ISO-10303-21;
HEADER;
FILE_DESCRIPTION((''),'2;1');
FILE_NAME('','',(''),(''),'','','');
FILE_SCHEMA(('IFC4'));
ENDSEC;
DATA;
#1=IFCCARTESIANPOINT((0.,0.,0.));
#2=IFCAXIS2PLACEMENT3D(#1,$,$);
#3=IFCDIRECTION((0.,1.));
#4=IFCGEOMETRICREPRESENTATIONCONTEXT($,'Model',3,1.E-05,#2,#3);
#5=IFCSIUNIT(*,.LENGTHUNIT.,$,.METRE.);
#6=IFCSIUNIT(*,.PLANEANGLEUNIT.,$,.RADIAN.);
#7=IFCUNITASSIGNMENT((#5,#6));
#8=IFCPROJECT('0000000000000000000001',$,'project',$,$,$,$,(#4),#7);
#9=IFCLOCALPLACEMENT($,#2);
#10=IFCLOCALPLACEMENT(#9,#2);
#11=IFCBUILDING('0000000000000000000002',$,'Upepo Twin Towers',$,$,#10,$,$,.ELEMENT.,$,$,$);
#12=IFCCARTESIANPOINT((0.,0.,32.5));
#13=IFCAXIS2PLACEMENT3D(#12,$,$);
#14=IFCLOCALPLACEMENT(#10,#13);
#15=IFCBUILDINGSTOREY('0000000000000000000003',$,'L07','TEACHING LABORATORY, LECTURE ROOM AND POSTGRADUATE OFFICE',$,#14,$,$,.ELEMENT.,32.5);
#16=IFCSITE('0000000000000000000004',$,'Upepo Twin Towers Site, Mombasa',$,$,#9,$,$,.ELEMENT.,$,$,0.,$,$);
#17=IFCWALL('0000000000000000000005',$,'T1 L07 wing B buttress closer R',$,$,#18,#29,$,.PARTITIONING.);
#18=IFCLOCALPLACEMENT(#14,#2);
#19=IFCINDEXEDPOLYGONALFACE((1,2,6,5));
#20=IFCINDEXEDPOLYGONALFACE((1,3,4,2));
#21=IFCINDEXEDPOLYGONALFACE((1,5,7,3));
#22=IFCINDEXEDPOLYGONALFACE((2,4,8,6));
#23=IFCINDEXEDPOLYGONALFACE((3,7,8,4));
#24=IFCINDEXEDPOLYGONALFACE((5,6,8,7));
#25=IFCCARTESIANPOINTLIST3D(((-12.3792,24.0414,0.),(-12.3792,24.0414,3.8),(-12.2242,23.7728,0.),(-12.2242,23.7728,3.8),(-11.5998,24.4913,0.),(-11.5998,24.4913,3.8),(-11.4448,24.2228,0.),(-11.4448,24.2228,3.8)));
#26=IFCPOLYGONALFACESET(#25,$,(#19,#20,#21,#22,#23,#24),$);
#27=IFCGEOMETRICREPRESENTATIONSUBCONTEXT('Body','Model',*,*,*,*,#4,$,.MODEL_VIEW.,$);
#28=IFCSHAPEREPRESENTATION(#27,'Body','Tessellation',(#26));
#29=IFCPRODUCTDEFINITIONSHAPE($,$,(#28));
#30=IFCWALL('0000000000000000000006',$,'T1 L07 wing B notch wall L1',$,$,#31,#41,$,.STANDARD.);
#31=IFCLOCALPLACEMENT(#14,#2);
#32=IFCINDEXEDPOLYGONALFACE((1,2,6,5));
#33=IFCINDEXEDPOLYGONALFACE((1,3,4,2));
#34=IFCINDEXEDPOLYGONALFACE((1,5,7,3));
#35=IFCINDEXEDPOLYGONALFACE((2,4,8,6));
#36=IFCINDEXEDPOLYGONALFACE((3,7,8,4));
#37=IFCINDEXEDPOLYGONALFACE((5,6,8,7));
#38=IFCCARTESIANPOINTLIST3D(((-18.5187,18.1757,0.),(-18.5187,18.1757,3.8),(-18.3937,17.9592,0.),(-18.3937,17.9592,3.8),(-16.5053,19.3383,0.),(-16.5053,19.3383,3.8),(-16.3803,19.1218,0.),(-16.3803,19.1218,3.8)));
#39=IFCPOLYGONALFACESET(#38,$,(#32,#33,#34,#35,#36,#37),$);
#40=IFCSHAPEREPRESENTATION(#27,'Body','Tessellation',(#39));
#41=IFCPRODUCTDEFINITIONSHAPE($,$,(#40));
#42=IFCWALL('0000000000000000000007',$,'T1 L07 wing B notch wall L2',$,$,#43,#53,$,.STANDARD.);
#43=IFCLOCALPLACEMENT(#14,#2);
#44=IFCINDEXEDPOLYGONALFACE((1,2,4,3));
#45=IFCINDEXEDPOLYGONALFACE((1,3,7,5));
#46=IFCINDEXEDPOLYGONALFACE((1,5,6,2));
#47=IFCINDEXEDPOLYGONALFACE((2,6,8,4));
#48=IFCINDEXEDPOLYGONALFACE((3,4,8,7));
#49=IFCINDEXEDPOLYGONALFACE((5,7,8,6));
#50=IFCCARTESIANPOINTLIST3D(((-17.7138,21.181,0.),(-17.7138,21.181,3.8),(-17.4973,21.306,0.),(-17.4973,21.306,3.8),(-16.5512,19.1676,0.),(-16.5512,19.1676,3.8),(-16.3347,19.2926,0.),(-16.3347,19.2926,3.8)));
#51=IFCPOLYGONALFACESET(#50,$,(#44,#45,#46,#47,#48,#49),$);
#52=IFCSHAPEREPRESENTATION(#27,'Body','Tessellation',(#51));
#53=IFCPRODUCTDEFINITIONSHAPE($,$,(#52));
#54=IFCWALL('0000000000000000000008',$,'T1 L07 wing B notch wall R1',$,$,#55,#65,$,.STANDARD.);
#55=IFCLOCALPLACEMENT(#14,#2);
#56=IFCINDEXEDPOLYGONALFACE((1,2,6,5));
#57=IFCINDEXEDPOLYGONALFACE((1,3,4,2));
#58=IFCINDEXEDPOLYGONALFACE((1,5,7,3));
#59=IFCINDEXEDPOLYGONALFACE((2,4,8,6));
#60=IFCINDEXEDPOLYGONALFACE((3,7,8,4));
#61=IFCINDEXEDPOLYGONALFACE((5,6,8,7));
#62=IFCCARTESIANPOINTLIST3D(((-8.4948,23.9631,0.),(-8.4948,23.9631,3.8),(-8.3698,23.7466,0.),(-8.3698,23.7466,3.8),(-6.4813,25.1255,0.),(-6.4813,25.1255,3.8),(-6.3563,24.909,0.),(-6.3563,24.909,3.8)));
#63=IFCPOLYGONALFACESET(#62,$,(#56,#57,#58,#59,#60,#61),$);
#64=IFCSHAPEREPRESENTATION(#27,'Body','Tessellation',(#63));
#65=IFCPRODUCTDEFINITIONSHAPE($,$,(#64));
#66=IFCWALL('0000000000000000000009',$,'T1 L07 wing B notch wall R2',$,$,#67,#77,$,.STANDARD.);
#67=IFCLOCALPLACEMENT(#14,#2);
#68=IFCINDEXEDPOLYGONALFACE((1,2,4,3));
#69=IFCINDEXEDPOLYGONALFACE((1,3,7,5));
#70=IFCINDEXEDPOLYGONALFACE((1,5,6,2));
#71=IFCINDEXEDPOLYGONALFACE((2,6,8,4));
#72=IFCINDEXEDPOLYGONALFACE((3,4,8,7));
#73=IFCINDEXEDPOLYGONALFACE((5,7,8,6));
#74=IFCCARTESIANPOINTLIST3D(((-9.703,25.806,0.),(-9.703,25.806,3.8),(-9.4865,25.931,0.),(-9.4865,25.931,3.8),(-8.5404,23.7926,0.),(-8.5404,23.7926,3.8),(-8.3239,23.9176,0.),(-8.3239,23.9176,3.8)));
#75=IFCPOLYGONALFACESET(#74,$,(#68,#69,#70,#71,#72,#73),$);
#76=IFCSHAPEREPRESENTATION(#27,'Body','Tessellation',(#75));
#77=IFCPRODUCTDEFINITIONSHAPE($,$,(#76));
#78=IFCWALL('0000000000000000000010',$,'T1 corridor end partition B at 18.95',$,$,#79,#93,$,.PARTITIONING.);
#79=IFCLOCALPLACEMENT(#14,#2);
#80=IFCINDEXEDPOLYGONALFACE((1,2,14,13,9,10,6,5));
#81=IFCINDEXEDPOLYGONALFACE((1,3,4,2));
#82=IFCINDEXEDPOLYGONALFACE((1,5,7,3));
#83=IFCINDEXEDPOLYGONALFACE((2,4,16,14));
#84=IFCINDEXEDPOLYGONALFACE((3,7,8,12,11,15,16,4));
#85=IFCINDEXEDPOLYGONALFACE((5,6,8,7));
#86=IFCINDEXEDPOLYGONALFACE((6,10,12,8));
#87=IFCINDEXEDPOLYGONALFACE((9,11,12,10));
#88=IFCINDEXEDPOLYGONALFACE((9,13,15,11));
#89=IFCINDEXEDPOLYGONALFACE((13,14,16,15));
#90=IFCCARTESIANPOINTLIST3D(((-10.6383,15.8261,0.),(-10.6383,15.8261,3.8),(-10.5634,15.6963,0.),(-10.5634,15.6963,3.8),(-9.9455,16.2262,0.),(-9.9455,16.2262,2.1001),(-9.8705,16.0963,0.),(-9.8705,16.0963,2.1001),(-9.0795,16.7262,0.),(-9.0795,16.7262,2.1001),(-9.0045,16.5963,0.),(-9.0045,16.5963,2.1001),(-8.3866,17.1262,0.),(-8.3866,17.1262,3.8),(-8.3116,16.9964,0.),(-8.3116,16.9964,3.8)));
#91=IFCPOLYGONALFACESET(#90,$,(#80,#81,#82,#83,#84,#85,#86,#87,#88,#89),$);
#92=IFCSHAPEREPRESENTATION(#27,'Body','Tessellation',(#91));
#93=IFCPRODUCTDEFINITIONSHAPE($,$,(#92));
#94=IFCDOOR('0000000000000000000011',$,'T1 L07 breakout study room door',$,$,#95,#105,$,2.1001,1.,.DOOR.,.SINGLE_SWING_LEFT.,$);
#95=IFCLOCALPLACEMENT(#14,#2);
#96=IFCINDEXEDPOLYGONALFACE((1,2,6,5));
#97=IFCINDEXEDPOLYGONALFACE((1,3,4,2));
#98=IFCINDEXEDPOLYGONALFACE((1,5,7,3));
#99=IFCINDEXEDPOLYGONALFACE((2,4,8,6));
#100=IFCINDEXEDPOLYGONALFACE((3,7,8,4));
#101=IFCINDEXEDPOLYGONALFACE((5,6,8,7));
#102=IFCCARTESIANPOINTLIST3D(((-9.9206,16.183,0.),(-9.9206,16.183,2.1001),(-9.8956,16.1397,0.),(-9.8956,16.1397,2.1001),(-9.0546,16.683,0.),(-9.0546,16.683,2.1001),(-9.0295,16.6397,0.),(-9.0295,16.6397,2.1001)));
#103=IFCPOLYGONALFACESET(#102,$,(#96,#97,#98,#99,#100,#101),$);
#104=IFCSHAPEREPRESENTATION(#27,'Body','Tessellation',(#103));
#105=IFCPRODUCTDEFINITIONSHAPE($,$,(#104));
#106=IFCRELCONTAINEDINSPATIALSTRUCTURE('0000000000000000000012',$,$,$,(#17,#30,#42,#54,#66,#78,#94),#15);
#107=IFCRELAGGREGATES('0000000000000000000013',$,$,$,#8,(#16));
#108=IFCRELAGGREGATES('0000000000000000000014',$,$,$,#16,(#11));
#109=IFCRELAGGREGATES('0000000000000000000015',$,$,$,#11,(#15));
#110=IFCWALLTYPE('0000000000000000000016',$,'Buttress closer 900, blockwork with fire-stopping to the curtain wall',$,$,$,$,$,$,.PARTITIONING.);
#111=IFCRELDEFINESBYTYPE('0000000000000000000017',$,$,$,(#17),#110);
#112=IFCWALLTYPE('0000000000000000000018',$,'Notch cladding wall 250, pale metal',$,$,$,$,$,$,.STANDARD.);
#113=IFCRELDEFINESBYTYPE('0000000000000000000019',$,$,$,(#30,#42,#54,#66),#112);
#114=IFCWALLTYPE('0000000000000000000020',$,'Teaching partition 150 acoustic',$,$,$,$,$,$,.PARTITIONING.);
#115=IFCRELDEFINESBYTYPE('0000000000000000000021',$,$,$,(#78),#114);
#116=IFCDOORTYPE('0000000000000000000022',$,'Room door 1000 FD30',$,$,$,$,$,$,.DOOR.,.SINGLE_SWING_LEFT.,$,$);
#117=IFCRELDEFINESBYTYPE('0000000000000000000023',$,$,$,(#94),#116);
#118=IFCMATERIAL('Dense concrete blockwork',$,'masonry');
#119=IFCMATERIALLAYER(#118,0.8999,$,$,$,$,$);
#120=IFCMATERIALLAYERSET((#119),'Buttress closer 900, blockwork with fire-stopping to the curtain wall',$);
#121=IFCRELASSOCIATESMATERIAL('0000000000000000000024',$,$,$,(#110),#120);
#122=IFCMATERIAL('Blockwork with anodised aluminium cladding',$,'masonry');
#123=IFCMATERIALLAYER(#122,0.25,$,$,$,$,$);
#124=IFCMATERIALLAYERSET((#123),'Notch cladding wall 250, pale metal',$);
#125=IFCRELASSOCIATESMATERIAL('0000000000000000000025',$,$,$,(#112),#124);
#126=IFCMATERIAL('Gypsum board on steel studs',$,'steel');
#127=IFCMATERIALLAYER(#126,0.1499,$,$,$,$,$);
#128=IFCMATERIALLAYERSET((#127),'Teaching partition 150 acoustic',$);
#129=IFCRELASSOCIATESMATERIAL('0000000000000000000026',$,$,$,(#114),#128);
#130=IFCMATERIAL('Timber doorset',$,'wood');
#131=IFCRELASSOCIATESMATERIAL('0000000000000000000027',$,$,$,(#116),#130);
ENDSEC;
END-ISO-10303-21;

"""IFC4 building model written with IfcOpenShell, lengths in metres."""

from ifc_helpers import new_model, si_unit, direction, frame, frame_2d, origin, place, context, subcontext, project, spatial, rectangle, extrude, material, layer, layer_set, type_object, element, fill, save


model = new_model("IFC4")

# Units and contexts
model_context = context("Model", 3, precision=1e-05, world=origin(), true_north=direction((0.0, 1.0)))
body_context = subcontext(model_context, "Body", "Model", "MODEL_VIEW")
ifc_project = project(units=[si_unit("LENGTHUNIT", "METRE"), si_unit("PLANEANGLEUNIT", "RADIAN")], contexts=[model_context])

# Site, building, storey
site_placement = place(None, origin())
site = spatial("IfcSite", under=ifc_project, at=site_placement, Name="Upepo Twin Towers Site, Mombasa", CompositionType="ELEMENT", RefElevation=0.0)
building_placement = place(site_placement, origin())
building = spatial("IfcBuilding", under=site, at=building_placement, Name="Upepo Twin Towers", CompositionType="ELEMENT")
storey_placement = place(building_placement, frame((0.0, 0.0, 32.5)))
storey = spatial("IfcBuildingStorey", under=building, at=storey_placement, Name="L07", Description="TEACHING LABORATORY, LECTURE ROOM AND POSTGRADUATE OFFICE", CompositionType="ELEMENT", Elevation=32.5)

# Walls
ifc_material_1 = material(Name="Dense concrete blockwork", Category="masonry")
ifc_layer_1 = layer(ifc_material_1, 0.8999)
ifc_layer_set_1 = layer_set([ifc_layer_1], Name="Buttress closer 900, blockwork with fire-stopping to the curtain wall")
wall_type_1 = type_object("IfcWallType", Name="Buttress closer 900, blockwork with fire-stopping to the curtain wall", PredefinedType="PARTITIONING", material=ifc_layer_set_1)
for number, where, z_axis, x_axis, name in (
    (1, (-11.8345, 23.9978, 0.0), (0.0, 0.0, 1.0), (-0.49995, 0.866054, 0.0), "T1 L07 wing B buttress closer R"),
):
    element("IfcWall", number, at=place(storey_placement, frame(where, z_axis=z_axis, x_axis=x_axis)), inside=storey, type_object=wall_type_1, Name=name, PredefinedType="PARTITIONING", context=body_context, shape_type="SweptSolid", body=[
        extrude(rectangle(XDim=0.3101, YDim=0.8999, at=frame_2d((0.155, 0.0))), origin(), (0.0, 0.0, 1.0), 3.8),
    ])
ifc_material_2 = material(Name="Blockwork with anodised aluminium cladding", Category="masonry")
ifc_layer_2 = layer(ifc_material_2, 0.25)
ifc_layer_set_2 = layer_set([ifc_layer_2], Name="Notch cladding wall 250, pale metal")
wall_type_2 = type_object("IfcWallType", Name="Notch cladding wall 250, pale metal", PredefinedType="STANDARD", material=ifc_layer_set_2)
for number, where, z_axis, x_axis, name in (
    (2, (-18.4563, 18.0674, 0.0), (0.0, 0.0, 1.0), (0.865998, 0.500047, 0.0), "T1 L07 wing B notch wall L1"),
    (3, (-16.4429, 19.23, 0.0), (0.0, 0.0, 1.0), (-0.500047, 0.865998, 0.0), "T1 L07 wing B notch wall L2"),
    (4, (-6.4187, 25.0173, 0.0), (0.0, 0.0, 1.0), (-0.866044, -0.499968, 0.0), "T1 L07 wing B notch wall R1"),
    (5, (-8.4321, 23.855, 0.0), (0.0, 0.0, 1.0), (-0.500047, 0.865998, 0.0), "T1 L07 wing B notch wall R2"),
):
    element("IfcWall", number, at=place(storey_placement, frame(where, z_axis=z_axis, x_axis=x_axis)), inside=storey, type_object=wall_type_2, Name=name, PredefinedType="STANDARD", context=body_context, shape_type="SweptSolid", body=[
        extrude(rectangle(XDim=2.325, YDim=0.25, at=frame_2d((1.1626, 0.0))), origin(), (0.0, 0.0, 1.0), 3.8),
    ])

# Wall, opening, door
ifc_material_3 = material(Name="Gypsum board on steel studs", Category="steel")
ifc_layer_3 = layer(ifc_material_3, 0.1499)
ifc_layer_set_3 = layer_set([ifc_layer_3], Name="Teaching partition 150 acoustic")
wall_type_3 = type_object("IfcWallType", Name="Teaching partition 150 acoustic", PredefinedType="PARTITIONING", material=ifc_layer_set_3)
wall_placement = place(storey_placement, frame((-8.3491, 17.0613, 0.0), z_axis=(0.0, 0.0, 1.0), x_axis=(-0.866021, -0.500007, 0.0)))
wall = element("IfcWall", 6, at=wall_placement, inside=storey, type_object=wall_type_3, Name="T1 corridor end partition B at 18.95", PredefinedType="PARTITIONING", context=body_context, shape_type="SweptSolid", body=[
    extrude(rectangle(XDim=2.6001, YDim=0.1499, at=frame_2d((1.3, 0.0))), origin(), (0.0, 0.0, 1.0), 3.8),
])
opening_placement = place(wall_placement, frame((0.8, 0.0, 0.0)))
opening = element("IfcOpeningElement", 7, at=opening_placement, cuts=wall, PredefinedType="OPENING", context=body_context, shape_type="SweptSolid", body=[
    extrude(rectangle(XDim=1.0, YDim=2.1001, at=frame_2d((0.5, 1.05))), frame((0.0, 0.085, 0.0), z_axis=(0.0, -1.0, 0.0), x_axis=(1.0, 0.0, 0.0)), (0.0, 0.0, 1.0), 0.1699),
])
ifc_material_4 = material(Name="Timber doorset", Category="wood")
door_type = type_object("IfcDoorType", Name="Room door 1000 FD30", OperationType="SINGLE_SWING_LEFT", PredefinedType="DOOR", material=ifc_material_4)
door_placement = place(opening_placement, origin())
door = element("IfcDoor", 8, at=door_placement, inside=storey, type_object=door_type, Name="T1 L07 breakout study room door", OperationType="SINGLE_SWING_LEFT", OverallHeight=2.1001, OverallWidth=1.0, PredefinedType="DOOR", context=body_context, shape_type="SweptSolid", body=[
    extrude(rectangle(XDim=1.0, YDim=2.1001, at=frame_2d((0.5, 1.05))), frame((0.0, 0.0249, 0.0), z_axis=(0.0, -1.0, 0.0), x_axis=(1.0, 0.0, 0.0)), (0.0, 0.0, 1.0), 0.05),
])
fill(opening, door)

save(model, "model.ifc")
